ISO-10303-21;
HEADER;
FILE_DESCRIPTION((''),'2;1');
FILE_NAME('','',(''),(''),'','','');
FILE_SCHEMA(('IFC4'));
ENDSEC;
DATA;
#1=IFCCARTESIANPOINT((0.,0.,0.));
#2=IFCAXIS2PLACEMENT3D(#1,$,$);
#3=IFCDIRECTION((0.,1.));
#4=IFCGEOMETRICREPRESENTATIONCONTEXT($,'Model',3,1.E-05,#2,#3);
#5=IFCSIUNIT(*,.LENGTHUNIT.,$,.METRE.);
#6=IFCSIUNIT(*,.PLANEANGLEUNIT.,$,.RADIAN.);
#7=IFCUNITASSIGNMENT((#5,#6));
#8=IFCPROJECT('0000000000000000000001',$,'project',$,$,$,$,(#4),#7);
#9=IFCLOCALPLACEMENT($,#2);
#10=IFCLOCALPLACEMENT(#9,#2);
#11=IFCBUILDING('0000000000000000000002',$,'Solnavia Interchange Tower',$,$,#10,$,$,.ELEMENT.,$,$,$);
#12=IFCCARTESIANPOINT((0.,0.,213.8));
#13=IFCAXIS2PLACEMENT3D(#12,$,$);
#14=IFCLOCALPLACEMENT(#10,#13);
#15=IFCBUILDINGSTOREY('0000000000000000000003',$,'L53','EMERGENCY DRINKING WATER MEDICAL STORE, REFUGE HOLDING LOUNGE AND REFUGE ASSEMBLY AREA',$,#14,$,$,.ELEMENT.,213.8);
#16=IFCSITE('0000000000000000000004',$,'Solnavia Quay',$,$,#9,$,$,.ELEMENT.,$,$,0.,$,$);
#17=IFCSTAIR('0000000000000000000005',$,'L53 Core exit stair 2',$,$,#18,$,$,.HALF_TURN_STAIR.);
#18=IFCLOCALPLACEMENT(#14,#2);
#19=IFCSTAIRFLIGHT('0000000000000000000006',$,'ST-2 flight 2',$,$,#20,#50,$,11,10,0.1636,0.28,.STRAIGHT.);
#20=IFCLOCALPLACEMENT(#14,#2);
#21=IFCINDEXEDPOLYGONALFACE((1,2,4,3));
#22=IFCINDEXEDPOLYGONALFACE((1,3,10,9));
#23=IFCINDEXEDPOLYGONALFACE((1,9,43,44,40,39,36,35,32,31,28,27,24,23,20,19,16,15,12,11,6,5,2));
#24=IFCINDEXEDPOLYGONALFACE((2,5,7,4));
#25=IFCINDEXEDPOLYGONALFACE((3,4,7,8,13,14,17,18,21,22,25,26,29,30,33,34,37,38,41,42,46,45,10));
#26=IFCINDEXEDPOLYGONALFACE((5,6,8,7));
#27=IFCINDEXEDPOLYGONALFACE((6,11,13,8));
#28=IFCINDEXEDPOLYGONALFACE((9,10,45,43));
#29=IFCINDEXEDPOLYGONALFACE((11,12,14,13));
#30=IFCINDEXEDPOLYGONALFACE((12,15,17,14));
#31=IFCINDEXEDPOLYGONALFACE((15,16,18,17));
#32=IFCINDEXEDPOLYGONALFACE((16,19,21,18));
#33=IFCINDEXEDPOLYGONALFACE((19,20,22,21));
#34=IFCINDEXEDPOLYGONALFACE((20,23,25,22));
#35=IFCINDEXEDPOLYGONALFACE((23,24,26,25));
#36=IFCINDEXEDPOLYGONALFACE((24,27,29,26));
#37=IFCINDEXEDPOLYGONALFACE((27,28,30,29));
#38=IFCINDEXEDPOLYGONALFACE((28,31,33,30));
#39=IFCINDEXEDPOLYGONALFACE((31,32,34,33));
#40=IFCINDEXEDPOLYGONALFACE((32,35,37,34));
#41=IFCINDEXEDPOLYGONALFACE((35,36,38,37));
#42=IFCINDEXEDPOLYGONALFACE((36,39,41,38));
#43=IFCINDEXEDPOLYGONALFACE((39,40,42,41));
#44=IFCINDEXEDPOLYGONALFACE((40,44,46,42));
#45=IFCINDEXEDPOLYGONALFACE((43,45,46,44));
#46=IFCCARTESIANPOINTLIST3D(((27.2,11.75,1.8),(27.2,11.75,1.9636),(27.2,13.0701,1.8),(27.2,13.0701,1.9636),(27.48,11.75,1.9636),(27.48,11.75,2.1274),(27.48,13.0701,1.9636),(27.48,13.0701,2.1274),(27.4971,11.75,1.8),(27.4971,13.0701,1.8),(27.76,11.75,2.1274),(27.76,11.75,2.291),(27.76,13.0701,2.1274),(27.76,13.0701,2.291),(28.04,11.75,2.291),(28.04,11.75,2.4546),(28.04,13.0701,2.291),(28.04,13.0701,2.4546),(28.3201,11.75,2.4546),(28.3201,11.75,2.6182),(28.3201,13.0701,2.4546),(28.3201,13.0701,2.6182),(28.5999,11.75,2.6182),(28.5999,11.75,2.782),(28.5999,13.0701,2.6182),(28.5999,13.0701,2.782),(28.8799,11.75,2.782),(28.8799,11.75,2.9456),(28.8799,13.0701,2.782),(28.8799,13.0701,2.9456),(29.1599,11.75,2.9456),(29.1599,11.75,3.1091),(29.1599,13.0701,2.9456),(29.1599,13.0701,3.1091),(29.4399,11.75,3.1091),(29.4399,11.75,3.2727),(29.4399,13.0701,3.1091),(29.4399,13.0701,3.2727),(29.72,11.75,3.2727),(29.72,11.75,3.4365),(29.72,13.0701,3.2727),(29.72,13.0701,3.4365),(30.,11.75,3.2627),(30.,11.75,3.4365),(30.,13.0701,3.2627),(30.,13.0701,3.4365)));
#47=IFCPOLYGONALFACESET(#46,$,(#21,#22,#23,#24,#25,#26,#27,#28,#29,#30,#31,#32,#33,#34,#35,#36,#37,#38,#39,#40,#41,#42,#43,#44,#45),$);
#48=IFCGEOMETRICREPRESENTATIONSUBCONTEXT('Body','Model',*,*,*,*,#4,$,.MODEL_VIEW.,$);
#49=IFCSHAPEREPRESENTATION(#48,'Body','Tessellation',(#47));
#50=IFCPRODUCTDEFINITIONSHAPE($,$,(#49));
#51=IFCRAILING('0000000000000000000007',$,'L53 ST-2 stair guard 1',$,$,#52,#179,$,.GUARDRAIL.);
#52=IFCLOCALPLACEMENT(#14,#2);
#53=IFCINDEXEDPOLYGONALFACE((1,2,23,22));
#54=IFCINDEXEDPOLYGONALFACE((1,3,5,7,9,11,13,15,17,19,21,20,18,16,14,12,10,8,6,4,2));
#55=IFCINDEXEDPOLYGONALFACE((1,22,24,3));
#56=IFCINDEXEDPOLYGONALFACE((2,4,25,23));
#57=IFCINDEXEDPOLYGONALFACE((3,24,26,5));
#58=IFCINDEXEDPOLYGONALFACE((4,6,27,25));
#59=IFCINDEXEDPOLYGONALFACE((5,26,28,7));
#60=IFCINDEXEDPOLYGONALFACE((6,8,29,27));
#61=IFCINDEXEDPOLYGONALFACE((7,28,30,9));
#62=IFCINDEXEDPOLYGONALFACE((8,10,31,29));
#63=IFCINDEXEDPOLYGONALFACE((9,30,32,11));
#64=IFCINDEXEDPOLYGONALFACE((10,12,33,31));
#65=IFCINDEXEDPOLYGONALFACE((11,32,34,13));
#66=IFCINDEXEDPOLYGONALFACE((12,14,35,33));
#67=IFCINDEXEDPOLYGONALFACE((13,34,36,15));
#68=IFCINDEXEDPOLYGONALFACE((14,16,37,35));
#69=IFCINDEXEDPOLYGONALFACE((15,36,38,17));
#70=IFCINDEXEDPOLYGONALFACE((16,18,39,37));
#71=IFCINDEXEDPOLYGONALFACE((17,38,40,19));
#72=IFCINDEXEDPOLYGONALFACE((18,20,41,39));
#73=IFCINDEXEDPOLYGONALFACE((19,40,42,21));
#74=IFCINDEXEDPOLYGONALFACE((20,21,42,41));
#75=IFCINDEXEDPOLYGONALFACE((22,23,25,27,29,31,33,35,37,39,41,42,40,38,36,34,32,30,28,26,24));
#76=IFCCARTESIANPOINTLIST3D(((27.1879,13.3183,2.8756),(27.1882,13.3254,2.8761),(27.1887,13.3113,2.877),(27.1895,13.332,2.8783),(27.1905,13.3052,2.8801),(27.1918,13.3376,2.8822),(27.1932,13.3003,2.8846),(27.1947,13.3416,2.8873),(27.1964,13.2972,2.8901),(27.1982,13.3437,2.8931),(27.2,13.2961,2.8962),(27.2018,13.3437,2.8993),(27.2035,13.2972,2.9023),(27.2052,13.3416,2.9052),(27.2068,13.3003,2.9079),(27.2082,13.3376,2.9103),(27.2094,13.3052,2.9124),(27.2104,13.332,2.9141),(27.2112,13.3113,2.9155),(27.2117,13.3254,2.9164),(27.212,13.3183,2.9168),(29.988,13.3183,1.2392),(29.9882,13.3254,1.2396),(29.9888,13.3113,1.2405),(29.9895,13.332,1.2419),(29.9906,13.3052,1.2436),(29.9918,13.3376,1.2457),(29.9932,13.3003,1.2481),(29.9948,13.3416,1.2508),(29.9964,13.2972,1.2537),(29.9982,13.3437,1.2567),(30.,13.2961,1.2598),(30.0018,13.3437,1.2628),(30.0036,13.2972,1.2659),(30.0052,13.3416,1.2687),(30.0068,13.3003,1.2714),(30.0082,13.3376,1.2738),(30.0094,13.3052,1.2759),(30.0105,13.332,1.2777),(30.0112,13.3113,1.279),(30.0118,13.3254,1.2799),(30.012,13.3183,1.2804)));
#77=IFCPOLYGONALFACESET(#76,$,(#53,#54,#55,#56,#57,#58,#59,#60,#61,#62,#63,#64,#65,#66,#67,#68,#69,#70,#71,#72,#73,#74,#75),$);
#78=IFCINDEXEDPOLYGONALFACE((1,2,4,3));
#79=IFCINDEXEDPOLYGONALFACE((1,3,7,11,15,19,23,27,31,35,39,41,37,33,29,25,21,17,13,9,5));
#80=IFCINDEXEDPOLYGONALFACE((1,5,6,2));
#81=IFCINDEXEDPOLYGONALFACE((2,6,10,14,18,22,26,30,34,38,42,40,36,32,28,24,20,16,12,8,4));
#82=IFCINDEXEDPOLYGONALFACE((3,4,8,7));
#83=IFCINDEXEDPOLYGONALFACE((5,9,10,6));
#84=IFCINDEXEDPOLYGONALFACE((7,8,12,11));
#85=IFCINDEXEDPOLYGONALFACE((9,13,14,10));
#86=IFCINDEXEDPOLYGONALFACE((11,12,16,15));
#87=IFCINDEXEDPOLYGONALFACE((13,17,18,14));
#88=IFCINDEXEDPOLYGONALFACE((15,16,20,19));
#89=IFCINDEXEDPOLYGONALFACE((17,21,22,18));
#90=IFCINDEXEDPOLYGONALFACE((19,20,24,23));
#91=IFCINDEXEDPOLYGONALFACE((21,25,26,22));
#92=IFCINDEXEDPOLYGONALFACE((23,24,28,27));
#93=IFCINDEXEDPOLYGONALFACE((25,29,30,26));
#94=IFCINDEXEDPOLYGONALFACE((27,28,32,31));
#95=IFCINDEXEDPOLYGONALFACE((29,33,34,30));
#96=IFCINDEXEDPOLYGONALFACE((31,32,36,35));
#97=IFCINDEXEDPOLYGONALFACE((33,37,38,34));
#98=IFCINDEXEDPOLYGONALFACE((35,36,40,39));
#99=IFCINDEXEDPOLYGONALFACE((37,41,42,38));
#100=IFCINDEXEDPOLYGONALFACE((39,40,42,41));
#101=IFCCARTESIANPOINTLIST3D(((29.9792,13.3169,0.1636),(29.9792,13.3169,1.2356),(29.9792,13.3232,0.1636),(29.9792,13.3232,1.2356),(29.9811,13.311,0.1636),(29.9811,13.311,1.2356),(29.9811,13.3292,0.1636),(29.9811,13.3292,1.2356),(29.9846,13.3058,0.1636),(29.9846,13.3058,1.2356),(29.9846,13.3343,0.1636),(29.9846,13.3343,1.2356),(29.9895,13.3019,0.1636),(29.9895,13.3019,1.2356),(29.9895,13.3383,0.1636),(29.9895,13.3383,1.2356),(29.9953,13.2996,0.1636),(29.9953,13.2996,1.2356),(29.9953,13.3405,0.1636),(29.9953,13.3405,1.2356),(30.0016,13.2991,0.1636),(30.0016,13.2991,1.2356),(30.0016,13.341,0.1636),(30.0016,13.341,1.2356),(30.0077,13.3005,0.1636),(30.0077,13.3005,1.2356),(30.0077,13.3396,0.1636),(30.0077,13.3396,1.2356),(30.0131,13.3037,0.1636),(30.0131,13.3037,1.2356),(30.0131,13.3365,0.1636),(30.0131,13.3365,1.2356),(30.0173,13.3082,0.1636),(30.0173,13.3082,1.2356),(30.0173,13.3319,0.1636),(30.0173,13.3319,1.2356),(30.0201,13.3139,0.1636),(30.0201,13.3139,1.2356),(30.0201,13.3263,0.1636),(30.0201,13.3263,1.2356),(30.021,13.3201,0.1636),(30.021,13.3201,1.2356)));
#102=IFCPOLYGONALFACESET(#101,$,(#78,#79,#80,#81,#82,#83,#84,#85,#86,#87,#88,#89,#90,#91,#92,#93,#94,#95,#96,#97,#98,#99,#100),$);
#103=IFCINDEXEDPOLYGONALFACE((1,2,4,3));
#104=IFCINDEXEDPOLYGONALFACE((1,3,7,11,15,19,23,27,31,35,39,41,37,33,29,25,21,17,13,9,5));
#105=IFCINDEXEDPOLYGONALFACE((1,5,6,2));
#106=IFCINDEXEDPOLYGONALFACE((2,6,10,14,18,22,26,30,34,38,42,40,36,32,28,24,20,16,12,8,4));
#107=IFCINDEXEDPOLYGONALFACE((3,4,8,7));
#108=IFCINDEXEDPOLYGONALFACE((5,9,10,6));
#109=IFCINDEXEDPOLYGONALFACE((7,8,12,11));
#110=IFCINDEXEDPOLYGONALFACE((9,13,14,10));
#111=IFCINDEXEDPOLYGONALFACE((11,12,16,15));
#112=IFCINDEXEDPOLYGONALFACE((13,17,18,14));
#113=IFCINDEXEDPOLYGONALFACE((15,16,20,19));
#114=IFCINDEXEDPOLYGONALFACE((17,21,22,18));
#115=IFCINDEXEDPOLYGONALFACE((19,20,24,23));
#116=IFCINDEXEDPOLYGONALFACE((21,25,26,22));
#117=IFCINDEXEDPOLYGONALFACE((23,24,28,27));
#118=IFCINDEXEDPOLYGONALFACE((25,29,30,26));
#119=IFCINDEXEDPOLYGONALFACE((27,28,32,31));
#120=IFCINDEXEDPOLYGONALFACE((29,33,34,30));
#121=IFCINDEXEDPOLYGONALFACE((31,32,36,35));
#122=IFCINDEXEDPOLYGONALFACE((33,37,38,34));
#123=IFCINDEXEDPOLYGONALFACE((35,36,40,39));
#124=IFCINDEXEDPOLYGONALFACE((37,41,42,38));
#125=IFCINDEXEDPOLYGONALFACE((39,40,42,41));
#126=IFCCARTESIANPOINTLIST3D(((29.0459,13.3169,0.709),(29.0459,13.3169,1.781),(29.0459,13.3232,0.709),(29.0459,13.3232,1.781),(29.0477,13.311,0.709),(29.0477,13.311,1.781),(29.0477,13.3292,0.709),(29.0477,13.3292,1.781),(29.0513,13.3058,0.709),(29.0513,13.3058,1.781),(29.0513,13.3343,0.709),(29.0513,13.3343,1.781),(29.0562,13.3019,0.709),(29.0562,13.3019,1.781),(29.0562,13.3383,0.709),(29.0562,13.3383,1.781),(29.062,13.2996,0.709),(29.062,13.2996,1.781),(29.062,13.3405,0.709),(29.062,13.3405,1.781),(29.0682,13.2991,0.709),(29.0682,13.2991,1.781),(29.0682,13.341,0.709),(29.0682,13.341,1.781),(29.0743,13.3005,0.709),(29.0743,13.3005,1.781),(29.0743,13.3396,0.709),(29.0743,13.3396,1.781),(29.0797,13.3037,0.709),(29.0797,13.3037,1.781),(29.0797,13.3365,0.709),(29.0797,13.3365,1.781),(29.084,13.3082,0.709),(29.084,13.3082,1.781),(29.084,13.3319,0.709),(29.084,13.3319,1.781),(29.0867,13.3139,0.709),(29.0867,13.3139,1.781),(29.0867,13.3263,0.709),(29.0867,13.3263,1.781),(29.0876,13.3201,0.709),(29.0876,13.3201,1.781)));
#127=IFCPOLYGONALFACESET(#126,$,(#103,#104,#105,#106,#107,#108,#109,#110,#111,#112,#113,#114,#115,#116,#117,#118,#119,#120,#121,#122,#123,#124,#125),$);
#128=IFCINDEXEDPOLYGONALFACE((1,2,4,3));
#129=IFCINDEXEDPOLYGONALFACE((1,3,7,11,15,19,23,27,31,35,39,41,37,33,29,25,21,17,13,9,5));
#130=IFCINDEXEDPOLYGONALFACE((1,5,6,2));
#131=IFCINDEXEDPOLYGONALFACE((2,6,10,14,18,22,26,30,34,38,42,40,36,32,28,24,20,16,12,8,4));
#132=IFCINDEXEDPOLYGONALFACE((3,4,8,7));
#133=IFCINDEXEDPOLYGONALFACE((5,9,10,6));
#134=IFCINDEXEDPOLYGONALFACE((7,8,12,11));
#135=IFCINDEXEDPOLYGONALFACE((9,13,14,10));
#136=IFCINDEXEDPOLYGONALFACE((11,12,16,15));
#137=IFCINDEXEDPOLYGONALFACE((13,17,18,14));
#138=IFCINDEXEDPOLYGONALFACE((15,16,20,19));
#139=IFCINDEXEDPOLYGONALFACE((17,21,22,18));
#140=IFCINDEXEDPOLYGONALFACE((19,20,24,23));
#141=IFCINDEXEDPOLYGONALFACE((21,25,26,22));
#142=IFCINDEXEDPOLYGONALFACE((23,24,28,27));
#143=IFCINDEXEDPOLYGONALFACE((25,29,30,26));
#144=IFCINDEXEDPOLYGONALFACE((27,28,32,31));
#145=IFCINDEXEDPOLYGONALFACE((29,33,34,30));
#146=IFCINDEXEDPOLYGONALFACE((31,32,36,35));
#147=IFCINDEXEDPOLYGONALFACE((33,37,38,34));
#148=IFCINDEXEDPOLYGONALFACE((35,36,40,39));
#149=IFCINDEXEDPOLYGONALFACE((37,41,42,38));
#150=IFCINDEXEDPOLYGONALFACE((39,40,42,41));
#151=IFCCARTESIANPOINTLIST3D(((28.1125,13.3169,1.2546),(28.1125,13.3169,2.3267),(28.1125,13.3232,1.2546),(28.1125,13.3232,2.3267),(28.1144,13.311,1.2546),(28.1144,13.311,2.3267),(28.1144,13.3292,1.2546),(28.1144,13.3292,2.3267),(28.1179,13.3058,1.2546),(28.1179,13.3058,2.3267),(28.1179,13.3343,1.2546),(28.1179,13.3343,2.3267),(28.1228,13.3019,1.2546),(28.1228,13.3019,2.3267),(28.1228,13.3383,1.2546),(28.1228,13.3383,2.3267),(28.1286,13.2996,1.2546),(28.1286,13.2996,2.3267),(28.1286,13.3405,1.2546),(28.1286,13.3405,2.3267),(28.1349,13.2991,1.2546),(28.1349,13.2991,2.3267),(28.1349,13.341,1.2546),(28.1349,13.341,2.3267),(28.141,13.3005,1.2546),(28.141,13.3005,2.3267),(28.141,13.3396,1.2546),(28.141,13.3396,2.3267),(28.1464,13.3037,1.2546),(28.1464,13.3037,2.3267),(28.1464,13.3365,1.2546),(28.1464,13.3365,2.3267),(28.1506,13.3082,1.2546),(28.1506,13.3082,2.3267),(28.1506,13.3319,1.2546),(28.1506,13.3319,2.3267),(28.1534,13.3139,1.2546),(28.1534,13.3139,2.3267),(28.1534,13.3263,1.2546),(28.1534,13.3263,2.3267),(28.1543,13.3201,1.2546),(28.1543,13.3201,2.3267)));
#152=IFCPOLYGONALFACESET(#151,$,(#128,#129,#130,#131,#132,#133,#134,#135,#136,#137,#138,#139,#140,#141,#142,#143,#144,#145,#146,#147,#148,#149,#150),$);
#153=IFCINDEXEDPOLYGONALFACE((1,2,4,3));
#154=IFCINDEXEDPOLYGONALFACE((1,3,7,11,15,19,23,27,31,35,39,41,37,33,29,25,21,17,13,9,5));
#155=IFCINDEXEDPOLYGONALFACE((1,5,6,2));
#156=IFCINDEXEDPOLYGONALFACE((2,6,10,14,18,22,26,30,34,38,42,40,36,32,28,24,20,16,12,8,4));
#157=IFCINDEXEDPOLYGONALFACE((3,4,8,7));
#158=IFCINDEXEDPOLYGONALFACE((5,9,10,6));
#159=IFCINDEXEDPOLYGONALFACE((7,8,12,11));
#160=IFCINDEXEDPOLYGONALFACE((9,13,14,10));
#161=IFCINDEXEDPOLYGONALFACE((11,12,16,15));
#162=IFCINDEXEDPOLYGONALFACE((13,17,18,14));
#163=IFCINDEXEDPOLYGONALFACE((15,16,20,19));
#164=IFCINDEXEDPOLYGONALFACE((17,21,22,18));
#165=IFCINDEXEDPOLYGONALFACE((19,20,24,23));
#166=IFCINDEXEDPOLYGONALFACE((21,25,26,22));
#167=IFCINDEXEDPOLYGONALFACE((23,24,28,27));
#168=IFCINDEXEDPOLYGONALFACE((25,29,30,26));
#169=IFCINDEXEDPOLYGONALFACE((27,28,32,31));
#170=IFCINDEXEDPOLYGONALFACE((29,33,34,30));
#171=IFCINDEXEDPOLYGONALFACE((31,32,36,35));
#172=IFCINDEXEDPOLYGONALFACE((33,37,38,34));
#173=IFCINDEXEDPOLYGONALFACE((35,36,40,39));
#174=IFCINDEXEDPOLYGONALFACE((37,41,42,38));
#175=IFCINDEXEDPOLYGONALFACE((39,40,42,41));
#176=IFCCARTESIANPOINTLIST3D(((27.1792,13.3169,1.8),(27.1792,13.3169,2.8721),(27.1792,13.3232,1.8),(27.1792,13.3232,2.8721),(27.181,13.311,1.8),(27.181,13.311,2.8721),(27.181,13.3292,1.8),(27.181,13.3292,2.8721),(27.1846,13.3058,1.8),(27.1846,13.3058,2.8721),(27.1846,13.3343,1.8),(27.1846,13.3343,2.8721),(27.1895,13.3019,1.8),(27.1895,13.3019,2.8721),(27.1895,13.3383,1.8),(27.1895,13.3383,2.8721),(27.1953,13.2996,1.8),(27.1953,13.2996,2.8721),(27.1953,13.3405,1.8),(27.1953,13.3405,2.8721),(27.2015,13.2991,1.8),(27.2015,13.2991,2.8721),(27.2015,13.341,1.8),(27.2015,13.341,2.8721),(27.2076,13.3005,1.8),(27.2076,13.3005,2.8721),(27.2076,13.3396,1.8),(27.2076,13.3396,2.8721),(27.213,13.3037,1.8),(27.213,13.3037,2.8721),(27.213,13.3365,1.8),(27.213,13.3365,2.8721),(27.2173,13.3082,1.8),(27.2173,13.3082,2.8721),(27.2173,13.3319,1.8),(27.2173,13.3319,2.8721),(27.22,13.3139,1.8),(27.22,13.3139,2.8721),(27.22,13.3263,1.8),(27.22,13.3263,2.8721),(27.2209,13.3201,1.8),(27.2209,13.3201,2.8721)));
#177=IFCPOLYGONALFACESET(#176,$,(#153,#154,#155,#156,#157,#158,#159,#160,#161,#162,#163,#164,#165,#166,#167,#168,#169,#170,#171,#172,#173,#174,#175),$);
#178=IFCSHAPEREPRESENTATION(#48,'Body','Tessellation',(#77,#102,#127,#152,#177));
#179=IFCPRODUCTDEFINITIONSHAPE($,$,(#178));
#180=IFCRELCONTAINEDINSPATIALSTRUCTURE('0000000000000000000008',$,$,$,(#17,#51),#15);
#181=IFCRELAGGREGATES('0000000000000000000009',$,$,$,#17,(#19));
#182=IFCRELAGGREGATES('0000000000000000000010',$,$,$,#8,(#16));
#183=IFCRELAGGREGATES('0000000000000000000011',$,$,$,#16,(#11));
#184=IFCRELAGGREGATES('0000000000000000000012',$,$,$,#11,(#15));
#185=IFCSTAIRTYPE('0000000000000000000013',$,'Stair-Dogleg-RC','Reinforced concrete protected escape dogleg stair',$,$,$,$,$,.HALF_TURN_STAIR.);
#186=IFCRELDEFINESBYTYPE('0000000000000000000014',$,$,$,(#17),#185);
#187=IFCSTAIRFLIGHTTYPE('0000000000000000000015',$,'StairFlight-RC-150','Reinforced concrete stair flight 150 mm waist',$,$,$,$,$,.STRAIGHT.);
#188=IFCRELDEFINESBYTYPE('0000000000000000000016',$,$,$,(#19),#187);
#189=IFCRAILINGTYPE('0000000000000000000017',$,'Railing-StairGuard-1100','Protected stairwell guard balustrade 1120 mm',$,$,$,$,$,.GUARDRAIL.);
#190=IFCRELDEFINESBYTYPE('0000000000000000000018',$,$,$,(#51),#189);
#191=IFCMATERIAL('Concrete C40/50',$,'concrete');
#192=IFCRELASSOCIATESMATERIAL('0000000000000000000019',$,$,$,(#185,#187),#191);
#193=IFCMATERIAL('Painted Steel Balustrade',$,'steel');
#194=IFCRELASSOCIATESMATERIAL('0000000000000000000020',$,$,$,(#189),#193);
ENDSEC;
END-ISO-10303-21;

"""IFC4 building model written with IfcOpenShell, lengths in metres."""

from ifc_helpers import new_model, si_unit, direction, frame, origin, origin_2d, place, context, subcontext, project, spatial, polyline, circle, outline, extrude, material, type_object, element, aggregate, save


model = new_model("IFC4")

# Units and contexts
model_context = context("Model", 3, precision=1e-05, world=origin(), true_north=direction((0.0, 1.0)))
body_context = subcontext(model_context, "Body", "Model", "MODEL_VIEW")
ifc_project = project(units=[si_unit("LENGTHUNIT", "METRE"), si_unit("PLANEANGLEUNIT", "RADIAN")], contexts=[model_context])

# Site, building, storey
site_placement = place(None, origin())
site = spatial("IfcSite", under=ifc_project, at=site_placement, Name="Solnavia Quay", CompositionType="ELEMENT", RefElevation=0.0)
building_placement = place(site_placement, origin())
building = spatial("IfcBuilding", under=site, at=building_placement, Name="Solnavia Interchange Tower", CompositionType="ELEMENT")
storey_placement = place(building_placement, frame((0.0, 0.0, 213.8)))
storey = spatial("IfcBuildingStorey", under=building, at=storey_placement, Name="L53", Description="EMERGENCY DRINKING WATER MEDICAL STORE, REFUGE HOLDING LOUNGE AND REFUGE ASSEMBLY AREA", CompositionType="ELEMENT", Elevation=213.8)

# Shared definitions
ifc_material_1 = material(Name="Concrete C40/50", Category="concrete")

# Stair, stair flight
stair_type = type_object("IfcStairType", Name="Stair-Dogleg-RC", Description="Reinforced concrete protected escape dogleg stair", PredefinedType="HALF_TURN_STAIR", material=ifc_material_1)
stair_placement = place(storey_placement, origin())
stair = element("IfcStair", 1, at=stair_placement, inside=storey, type_object=stair_type, Name="L53 Core exit stair 2", PredefinedType="HALF_TURN_STAIR")
stair_flight_type = type_object("IfcStairFlightType", Name="StairFlight-RC-150", Description="Reinforced concrete stair flight 150 mm waist", PredefinedType="STRAIGHT", material=ifc_material_1)
stair_flight_1_placement = place(storey_placement, frame((27.2, 12.4099, 1.8), z_axis=(0.0, 0.0, 1.0), x_axis=(1.0, 0.0, 0.0)))
stair_flight_1 = element("IfcStairFlight", 2, at=stair_flight_1_placement, type_object=stair_flight_type, Name="ST-2 flight 2", NumberOfRisers=11, NumberOfTreads=10, PredefinedType="STRAIGHT", RiserHeight=0.1636, TreadLength=0.28, context=body_context, shape_type="SweptSolid", body=[
    extrude(outline(polyline([(0.0, 0.0), (0.0, 0.1636), (0.28, 0.1636), (0.28, 0.3274), (0.5601, 0.3274), (0.5601, 0.491), (0.8401, 0.491), (0.8401, 0.6545), (1.1201, 0.6545), (1.1201, 0.8181), (1.3999, 0.8181), (1.3999, 0.9819), (1.6799, 0.9819), (1.6799, 1.1455), (1.96, 1.1455), (1.96, 1.3091), (2.24, 1.3091), (2.24, 1.4727), (2.52, 1.4727), (2.52, 1.6365), (2.8, 1.6365), (2.8, 1.8), (2.8, 1.4626), (0.2971, 0.0), (0.0, 0.0)])), frame((0.0, 0.6602, 0.0), z_axis=(0.0, -1.0, 0.0), x_axis=(1.0, 0.0, 0.0)), (0.0, 0.0, 1.0), 1.3201),
])
aggregate(stair, [stair_flight_1])

# Railing
ifc_material_2 = material(Name="Painted Steel Balustrade", Category="steel")
railing_type_1 = type_object("IfcRailingType", Name="Railing-StairGuard-1100", Description="Protected stairwell guard balustrade 1120 mm", PredefinedType="GUARDRAIL", material=ifc_material_2)
railing_1_placement = place(storey_placement, frame((30.0, 13.3201, 0.1636)))
element("IfcRailing", 3, at=railing_1_placement, inside=storey, type_object=railing_type_1, Name="L53 ST-2 stair guard 1", PredefinedType="GUARDRAIL", context=body_context, shape_type="SweptSolid", body=[
    extrude(circle(Radius=0.0239, at=origin_2d()), frame((0.0, 0.0, 1.0962), z_axis=(-0.863361, 0.0, 0.504587), x_axis=(0.0, -1.0, 0.0)), (0.0, 0.0, 1.0), 3.2432),
    extrude(circle(Radius=0.021, at=origin_2d()), origin(), (0.0, 0.0, 1.0), 1.072),
    extrude(circle(Radius=0.021, at=origin_2d()), frame((-0.9333, 0.0, 0.5454)), (0.0, 0.0, 1.0), 1.072),
    extrude(circle(Radius=0.021, at=origin_2d()), frame((-1.8667, 0.0, 1.0911)), (0.0, 0.0, 1.0), 1.072),
    extrude(circle(Radius=0.021, at=origin_2d()), frame((-2.8, 0.0, 1.6365)), (0.0, 0.0, 1.0), 1.072),
])

save(model, "model.ifc")
